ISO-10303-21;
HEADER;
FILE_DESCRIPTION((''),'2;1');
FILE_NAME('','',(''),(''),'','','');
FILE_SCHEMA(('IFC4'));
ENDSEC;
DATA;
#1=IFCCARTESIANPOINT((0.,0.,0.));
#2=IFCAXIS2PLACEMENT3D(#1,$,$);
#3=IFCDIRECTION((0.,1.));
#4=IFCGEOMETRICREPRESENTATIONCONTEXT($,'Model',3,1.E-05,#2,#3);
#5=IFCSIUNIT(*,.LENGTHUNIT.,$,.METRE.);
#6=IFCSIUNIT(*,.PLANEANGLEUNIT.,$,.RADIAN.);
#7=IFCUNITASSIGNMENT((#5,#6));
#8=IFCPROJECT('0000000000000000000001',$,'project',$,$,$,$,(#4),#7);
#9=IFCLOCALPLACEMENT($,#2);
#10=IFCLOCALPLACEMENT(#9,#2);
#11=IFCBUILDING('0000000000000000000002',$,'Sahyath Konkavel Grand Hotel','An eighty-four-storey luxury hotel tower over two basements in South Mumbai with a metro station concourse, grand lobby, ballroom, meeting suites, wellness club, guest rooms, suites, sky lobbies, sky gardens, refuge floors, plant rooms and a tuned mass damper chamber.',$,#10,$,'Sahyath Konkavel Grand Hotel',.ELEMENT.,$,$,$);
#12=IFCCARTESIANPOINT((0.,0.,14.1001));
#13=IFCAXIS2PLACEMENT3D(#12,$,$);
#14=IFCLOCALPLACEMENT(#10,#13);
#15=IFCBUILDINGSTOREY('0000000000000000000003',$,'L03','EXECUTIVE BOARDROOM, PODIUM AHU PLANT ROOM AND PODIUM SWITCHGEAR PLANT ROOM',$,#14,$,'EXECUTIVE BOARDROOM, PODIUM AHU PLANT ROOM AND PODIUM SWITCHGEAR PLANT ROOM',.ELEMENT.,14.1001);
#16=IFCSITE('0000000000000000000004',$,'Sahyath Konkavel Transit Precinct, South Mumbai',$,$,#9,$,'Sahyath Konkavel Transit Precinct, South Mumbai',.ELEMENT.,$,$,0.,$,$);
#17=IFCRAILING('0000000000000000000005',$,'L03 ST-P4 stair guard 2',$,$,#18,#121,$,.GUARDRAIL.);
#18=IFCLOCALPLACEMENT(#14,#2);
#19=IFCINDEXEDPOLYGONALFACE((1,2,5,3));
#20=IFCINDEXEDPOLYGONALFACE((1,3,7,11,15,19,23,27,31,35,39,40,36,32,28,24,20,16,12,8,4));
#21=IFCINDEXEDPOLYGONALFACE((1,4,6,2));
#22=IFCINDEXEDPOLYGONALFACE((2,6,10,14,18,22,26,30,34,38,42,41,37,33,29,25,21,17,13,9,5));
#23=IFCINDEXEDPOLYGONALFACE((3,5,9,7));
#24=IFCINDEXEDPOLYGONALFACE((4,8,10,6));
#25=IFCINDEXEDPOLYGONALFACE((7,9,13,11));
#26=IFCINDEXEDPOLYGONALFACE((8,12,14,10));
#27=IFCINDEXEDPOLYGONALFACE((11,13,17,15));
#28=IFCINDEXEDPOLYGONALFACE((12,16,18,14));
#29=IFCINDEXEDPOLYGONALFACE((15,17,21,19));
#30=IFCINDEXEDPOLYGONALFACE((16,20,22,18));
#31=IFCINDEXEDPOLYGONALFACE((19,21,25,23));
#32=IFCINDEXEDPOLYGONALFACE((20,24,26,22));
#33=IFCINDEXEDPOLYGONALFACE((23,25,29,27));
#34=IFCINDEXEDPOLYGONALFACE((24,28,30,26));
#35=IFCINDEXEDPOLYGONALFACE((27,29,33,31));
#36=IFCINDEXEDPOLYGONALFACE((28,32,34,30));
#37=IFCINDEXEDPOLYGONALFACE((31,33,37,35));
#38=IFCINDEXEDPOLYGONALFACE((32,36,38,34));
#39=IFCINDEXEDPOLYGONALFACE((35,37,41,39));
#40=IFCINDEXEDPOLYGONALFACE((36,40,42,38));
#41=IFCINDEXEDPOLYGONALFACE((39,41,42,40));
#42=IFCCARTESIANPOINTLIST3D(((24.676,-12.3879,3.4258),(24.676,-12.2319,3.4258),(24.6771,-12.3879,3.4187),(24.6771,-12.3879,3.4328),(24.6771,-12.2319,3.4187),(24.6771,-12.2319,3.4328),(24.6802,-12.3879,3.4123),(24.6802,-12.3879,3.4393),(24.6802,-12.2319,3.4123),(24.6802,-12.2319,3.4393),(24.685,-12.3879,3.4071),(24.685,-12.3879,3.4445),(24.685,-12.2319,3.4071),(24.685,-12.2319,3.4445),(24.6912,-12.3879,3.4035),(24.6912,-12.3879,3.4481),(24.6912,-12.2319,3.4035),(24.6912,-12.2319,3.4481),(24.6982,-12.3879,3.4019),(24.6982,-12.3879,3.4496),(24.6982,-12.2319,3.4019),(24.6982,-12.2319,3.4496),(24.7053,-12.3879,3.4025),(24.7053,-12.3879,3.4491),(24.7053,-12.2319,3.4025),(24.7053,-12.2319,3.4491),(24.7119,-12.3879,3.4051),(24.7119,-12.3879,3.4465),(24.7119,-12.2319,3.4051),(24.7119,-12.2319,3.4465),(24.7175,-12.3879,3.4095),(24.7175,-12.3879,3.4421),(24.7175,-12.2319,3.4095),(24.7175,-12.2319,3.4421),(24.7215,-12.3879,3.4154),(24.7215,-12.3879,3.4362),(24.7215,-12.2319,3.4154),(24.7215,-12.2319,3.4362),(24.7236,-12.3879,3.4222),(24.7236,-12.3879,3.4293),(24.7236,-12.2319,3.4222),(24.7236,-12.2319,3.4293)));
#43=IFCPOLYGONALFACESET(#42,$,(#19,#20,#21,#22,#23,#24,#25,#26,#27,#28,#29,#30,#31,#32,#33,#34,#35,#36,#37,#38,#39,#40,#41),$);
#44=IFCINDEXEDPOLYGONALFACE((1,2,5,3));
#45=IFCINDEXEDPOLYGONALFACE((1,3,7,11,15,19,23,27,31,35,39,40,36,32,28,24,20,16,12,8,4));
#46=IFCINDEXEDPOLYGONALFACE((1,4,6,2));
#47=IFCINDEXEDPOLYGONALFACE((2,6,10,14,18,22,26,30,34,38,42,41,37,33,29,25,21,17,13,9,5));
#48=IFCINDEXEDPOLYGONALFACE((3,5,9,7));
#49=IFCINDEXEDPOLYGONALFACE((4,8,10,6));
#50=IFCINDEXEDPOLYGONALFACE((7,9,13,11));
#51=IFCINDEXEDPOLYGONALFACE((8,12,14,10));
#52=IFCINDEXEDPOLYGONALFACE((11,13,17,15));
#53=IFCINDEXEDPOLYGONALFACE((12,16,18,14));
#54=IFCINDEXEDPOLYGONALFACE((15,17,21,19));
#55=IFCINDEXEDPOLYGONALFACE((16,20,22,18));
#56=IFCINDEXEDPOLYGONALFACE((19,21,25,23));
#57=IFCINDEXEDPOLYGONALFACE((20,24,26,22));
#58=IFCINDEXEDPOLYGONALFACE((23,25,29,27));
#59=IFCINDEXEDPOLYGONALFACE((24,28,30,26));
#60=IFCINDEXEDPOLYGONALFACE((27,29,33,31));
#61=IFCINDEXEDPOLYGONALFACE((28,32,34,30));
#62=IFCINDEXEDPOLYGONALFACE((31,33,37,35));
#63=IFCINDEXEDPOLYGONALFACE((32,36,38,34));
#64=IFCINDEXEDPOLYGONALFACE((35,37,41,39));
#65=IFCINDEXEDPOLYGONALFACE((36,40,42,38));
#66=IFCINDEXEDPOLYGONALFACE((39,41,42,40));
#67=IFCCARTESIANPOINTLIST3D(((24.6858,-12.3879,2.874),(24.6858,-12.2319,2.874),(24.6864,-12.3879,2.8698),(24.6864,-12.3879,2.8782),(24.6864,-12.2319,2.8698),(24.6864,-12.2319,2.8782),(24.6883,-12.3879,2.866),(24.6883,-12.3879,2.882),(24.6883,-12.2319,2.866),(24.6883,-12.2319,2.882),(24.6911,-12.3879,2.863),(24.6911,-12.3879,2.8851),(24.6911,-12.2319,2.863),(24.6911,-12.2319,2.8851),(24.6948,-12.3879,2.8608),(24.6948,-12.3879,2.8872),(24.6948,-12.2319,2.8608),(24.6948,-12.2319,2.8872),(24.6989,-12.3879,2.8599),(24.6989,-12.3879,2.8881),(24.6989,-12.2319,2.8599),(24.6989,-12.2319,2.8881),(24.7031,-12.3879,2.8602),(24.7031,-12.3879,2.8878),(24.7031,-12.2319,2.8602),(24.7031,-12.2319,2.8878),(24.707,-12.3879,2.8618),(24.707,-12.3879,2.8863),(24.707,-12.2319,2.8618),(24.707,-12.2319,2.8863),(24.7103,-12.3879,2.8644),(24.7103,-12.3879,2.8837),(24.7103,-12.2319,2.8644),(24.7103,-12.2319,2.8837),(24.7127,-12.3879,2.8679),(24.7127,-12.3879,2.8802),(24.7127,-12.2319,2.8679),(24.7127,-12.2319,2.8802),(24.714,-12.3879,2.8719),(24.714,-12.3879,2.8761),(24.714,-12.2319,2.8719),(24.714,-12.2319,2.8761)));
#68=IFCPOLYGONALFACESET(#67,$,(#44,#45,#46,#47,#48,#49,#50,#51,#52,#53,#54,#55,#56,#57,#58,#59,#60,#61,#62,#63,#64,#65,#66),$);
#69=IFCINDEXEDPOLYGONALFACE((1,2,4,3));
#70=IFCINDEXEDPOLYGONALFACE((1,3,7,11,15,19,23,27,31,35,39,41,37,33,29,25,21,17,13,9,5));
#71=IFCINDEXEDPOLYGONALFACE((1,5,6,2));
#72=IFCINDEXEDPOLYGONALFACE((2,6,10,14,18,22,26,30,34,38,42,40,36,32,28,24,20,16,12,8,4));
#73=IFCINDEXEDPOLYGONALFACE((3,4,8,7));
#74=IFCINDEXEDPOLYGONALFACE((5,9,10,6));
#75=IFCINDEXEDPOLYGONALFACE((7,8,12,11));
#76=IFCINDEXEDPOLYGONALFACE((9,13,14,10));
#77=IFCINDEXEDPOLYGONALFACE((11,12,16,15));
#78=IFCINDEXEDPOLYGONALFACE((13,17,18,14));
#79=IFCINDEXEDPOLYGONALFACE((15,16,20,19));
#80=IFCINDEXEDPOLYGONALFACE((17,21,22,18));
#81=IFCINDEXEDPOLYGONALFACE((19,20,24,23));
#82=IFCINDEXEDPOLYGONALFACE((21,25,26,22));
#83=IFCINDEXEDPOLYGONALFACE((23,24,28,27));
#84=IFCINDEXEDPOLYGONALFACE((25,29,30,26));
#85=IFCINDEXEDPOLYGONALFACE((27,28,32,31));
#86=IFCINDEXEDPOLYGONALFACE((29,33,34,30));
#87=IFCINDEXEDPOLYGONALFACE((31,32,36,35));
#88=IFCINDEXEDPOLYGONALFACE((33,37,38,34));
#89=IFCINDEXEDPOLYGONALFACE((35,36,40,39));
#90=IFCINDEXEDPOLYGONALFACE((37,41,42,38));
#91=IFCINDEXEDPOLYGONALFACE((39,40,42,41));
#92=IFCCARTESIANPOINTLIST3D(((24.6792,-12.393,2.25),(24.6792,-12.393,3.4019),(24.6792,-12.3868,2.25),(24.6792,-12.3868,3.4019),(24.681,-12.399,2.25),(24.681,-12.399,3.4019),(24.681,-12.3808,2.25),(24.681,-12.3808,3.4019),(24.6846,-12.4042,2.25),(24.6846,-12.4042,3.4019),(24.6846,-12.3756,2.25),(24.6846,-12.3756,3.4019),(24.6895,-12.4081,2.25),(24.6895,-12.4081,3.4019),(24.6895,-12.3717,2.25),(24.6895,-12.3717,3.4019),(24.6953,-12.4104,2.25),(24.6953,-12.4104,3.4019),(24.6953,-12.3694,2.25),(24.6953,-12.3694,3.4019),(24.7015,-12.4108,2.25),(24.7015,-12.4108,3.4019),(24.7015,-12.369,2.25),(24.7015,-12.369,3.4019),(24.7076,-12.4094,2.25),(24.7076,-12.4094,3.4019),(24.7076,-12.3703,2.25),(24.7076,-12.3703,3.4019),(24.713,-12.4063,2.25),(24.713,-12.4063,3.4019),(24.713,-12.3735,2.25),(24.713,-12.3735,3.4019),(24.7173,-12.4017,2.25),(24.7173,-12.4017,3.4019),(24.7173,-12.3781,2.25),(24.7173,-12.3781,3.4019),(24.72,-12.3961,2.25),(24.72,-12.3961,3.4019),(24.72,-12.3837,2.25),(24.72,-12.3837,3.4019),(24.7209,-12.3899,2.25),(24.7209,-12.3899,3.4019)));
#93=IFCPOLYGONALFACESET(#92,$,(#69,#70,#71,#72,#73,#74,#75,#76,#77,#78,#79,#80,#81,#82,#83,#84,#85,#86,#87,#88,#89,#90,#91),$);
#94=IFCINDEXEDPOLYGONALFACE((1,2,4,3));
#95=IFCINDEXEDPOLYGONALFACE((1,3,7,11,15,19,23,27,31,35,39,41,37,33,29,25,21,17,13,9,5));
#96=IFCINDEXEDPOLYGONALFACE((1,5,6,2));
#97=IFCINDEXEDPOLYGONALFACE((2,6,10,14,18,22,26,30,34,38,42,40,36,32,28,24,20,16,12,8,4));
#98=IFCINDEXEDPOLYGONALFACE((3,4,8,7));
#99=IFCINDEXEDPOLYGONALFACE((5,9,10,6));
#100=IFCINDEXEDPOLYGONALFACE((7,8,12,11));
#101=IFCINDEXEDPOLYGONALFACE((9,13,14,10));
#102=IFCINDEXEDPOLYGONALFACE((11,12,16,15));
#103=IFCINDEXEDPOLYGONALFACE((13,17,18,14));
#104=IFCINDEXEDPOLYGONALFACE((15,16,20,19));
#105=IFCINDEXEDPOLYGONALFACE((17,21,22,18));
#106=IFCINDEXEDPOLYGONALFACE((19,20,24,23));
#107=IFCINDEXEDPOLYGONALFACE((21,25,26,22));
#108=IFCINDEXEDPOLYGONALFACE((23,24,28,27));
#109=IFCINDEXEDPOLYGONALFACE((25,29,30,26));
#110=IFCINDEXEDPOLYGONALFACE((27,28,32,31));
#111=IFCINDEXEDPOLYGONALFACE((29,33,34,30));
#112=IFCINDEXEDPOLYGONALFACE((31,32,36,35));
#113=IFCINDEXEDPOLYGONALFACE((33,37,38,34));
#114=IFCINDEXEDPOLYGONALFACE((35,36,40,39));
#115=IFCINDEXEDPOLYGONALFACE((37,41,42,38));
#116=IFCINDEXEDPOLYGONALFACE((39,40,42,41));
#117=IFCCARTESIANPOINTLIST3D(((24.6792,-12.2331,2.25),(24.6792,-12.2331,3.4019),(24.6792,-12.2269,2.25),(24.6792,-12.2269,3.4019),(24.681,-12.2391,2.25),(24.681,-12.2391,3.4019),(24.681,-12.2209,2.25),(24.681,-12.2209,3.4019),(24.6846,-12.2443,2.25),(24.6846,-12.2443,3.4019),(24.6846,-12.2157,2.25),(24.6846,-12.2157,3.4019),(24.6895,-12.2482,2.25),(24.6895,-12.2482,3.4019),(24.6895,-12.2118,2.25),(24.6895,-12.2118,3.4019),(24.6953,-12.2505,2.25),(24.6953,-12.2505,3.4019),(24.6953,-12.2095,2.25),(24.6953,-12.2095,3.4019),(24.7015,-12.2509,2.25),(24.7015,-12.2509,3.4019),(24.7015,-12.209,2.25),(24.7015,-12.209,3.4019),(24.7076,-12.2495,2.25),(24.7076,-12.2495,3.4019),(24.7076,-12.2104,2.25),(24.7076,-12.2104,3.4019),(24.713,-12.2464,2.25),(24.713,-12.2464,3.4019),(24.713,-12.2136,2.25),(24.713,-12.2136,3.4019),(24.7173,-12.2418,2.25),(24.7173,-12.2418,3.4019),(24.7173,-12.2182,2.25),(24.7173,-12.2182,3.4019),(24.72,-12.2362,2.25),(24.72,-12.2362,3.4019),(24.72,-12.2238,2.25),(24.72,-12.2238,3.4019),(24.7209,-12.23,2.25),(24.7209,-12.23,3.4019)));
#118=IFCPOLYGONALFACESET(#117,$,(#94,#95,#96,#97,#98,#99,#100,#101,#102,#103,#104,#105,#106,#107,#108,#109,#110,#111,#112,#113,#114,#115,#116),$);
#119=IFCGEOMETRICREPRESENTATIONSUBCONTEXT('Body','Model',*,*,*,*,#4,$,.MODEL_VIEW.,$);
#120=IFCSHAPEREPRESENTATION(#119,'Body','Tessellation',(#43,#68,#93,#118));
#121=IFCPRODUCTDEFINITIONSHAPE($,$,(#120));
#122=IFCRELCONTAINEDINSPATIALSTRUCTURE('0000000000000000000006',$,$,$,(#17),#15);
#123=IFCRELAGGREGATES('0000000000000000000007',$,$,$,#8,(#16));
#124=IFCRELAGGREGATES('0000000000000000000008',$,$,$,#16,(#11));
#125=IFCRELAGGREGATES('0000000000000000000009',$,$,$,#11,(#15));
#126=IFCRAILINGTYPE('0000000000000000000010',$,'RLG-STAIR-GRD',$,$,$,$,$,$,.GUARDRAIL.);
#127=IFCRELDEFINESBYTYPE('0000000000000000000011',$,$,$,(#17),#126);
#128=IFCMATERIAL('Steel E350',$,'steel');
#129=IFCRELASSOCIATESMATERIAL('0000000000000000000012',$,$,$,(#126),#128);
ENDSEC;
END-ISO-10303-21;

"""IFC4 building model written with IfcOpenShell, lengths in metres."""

from ifc_helpers import new_model, si_unit, direction, frame, origin, origin_2d, place, context, subcontext, project, spatial, circle, extrude, material, type_object, element, save


model = new_model("IFC4")

# Units and contexts
model_context = context("Model", 3, precision=1e-05, world=origin(), true_north=direction((0.0, 1.0)))
body_context = subcontext(model_context, "Body", "Model", "MODEL_VIEW")
ifc_project = project(units=[si_unit("LENGTHUNIT", "METRE"), si_unit("PLANEANGLEUNIT", "RADIAN")], contexts=[model_context])

# Site, building, storey
site_placement = place(None, origin())
site = spatial("IfcSite", under=ifc_project, at=site_placement, Name="Sahyath Konkavel Transit Precinct, South Mumbai", LongName="Sahyath Konkavel Transit Precinct, South Mumbai", CompositionType="ELEMENT", RefElevation=0.0)
building_placement = place(site_placement, origin())
building = spatial("IfcBuilding", under=site, at=building_placement, Name="Sahyath Konkavel Grand Hotel", Description="An eighty-four-storey luxury hotel tower over two basements in South Mumbai with a metro station concourse, grand lobby, ballroom, meeting suites, wellness club, guest rooms, suites, sky lobbies, sky gardens, refuge floors, plant rooms and a tuned mass damper chamber.", LongName="Sahyath Konkavel Grand Hotel", CompositionType="ELEMENT")
storey_placement = place(building_placement, frame((0.0, 0.0, 14.1001)))
storey = spatial("IfcBuildingStorey", under=building, at=storey_placement, Name="L03", Description="EXECUTIVE BOARDROOM, PODIUM AHU PLANT ROOM AND PODIUM SWITCHGEAR PLANT ROOM", LongName="EXECUTIVE BOARDROOM, PODIUM AHU PLANT ROOM AND PODIUM SWITCHGEAR PLANT ROOM", CompositionType="ELEMENT", Elevation=14.1001)

# Shared definitions
ifc_material_1 = material(Name="Steel E350", Category="steel")

# Railing
railing_type_1 = type_object("IfcRailingType", Name="RLG-STAIR-GRD", PredefinedType="GUARDRAIL", material=ifc_material_1)
railing_1_placement = place(storey_placement, frame((24.7, -12.3899, 2.25)))
element("IfcRailing", 1, at=railing_1_placement, inside=storey, type_object=railing_type_1, Name="L03 ST-P4 stair guard 2", PredefinedType="GUARDRAIL", context=body_context, shape_type="SweptSolid", body=[
    extrude(circle(Radius=0.0239, at=origin_2d()), frame((0.0, 0.002, 1.1758), z_axis=(0.0, 1.0, 0.0), x_axis=(-1.0, 0.0, 0.0)), (0.0, 0.0, 1.0), 0.156),
    extrude(circle(Radius=0.0142, at=origin_2d()), frame((0.0, 0.002, 0.624), z_axis=(0.0, 1.0, 0.0), x_axis=(-1.0, 0.0, 0.0)), (0.0, 0.0, 1.0), 0.156),
    extrude(circle(Radius=0.021, at=origin_2d()), origin(), (0.0, 0.0, 1.0), 1.1519),
    extrude(circle(Radius=0.021, at=origin_2d()), frame((0.0, 0.1599, 0.0)), (0.0, 0.0, 1.0), 1.1519),
])

save(model, "model.ifc")
